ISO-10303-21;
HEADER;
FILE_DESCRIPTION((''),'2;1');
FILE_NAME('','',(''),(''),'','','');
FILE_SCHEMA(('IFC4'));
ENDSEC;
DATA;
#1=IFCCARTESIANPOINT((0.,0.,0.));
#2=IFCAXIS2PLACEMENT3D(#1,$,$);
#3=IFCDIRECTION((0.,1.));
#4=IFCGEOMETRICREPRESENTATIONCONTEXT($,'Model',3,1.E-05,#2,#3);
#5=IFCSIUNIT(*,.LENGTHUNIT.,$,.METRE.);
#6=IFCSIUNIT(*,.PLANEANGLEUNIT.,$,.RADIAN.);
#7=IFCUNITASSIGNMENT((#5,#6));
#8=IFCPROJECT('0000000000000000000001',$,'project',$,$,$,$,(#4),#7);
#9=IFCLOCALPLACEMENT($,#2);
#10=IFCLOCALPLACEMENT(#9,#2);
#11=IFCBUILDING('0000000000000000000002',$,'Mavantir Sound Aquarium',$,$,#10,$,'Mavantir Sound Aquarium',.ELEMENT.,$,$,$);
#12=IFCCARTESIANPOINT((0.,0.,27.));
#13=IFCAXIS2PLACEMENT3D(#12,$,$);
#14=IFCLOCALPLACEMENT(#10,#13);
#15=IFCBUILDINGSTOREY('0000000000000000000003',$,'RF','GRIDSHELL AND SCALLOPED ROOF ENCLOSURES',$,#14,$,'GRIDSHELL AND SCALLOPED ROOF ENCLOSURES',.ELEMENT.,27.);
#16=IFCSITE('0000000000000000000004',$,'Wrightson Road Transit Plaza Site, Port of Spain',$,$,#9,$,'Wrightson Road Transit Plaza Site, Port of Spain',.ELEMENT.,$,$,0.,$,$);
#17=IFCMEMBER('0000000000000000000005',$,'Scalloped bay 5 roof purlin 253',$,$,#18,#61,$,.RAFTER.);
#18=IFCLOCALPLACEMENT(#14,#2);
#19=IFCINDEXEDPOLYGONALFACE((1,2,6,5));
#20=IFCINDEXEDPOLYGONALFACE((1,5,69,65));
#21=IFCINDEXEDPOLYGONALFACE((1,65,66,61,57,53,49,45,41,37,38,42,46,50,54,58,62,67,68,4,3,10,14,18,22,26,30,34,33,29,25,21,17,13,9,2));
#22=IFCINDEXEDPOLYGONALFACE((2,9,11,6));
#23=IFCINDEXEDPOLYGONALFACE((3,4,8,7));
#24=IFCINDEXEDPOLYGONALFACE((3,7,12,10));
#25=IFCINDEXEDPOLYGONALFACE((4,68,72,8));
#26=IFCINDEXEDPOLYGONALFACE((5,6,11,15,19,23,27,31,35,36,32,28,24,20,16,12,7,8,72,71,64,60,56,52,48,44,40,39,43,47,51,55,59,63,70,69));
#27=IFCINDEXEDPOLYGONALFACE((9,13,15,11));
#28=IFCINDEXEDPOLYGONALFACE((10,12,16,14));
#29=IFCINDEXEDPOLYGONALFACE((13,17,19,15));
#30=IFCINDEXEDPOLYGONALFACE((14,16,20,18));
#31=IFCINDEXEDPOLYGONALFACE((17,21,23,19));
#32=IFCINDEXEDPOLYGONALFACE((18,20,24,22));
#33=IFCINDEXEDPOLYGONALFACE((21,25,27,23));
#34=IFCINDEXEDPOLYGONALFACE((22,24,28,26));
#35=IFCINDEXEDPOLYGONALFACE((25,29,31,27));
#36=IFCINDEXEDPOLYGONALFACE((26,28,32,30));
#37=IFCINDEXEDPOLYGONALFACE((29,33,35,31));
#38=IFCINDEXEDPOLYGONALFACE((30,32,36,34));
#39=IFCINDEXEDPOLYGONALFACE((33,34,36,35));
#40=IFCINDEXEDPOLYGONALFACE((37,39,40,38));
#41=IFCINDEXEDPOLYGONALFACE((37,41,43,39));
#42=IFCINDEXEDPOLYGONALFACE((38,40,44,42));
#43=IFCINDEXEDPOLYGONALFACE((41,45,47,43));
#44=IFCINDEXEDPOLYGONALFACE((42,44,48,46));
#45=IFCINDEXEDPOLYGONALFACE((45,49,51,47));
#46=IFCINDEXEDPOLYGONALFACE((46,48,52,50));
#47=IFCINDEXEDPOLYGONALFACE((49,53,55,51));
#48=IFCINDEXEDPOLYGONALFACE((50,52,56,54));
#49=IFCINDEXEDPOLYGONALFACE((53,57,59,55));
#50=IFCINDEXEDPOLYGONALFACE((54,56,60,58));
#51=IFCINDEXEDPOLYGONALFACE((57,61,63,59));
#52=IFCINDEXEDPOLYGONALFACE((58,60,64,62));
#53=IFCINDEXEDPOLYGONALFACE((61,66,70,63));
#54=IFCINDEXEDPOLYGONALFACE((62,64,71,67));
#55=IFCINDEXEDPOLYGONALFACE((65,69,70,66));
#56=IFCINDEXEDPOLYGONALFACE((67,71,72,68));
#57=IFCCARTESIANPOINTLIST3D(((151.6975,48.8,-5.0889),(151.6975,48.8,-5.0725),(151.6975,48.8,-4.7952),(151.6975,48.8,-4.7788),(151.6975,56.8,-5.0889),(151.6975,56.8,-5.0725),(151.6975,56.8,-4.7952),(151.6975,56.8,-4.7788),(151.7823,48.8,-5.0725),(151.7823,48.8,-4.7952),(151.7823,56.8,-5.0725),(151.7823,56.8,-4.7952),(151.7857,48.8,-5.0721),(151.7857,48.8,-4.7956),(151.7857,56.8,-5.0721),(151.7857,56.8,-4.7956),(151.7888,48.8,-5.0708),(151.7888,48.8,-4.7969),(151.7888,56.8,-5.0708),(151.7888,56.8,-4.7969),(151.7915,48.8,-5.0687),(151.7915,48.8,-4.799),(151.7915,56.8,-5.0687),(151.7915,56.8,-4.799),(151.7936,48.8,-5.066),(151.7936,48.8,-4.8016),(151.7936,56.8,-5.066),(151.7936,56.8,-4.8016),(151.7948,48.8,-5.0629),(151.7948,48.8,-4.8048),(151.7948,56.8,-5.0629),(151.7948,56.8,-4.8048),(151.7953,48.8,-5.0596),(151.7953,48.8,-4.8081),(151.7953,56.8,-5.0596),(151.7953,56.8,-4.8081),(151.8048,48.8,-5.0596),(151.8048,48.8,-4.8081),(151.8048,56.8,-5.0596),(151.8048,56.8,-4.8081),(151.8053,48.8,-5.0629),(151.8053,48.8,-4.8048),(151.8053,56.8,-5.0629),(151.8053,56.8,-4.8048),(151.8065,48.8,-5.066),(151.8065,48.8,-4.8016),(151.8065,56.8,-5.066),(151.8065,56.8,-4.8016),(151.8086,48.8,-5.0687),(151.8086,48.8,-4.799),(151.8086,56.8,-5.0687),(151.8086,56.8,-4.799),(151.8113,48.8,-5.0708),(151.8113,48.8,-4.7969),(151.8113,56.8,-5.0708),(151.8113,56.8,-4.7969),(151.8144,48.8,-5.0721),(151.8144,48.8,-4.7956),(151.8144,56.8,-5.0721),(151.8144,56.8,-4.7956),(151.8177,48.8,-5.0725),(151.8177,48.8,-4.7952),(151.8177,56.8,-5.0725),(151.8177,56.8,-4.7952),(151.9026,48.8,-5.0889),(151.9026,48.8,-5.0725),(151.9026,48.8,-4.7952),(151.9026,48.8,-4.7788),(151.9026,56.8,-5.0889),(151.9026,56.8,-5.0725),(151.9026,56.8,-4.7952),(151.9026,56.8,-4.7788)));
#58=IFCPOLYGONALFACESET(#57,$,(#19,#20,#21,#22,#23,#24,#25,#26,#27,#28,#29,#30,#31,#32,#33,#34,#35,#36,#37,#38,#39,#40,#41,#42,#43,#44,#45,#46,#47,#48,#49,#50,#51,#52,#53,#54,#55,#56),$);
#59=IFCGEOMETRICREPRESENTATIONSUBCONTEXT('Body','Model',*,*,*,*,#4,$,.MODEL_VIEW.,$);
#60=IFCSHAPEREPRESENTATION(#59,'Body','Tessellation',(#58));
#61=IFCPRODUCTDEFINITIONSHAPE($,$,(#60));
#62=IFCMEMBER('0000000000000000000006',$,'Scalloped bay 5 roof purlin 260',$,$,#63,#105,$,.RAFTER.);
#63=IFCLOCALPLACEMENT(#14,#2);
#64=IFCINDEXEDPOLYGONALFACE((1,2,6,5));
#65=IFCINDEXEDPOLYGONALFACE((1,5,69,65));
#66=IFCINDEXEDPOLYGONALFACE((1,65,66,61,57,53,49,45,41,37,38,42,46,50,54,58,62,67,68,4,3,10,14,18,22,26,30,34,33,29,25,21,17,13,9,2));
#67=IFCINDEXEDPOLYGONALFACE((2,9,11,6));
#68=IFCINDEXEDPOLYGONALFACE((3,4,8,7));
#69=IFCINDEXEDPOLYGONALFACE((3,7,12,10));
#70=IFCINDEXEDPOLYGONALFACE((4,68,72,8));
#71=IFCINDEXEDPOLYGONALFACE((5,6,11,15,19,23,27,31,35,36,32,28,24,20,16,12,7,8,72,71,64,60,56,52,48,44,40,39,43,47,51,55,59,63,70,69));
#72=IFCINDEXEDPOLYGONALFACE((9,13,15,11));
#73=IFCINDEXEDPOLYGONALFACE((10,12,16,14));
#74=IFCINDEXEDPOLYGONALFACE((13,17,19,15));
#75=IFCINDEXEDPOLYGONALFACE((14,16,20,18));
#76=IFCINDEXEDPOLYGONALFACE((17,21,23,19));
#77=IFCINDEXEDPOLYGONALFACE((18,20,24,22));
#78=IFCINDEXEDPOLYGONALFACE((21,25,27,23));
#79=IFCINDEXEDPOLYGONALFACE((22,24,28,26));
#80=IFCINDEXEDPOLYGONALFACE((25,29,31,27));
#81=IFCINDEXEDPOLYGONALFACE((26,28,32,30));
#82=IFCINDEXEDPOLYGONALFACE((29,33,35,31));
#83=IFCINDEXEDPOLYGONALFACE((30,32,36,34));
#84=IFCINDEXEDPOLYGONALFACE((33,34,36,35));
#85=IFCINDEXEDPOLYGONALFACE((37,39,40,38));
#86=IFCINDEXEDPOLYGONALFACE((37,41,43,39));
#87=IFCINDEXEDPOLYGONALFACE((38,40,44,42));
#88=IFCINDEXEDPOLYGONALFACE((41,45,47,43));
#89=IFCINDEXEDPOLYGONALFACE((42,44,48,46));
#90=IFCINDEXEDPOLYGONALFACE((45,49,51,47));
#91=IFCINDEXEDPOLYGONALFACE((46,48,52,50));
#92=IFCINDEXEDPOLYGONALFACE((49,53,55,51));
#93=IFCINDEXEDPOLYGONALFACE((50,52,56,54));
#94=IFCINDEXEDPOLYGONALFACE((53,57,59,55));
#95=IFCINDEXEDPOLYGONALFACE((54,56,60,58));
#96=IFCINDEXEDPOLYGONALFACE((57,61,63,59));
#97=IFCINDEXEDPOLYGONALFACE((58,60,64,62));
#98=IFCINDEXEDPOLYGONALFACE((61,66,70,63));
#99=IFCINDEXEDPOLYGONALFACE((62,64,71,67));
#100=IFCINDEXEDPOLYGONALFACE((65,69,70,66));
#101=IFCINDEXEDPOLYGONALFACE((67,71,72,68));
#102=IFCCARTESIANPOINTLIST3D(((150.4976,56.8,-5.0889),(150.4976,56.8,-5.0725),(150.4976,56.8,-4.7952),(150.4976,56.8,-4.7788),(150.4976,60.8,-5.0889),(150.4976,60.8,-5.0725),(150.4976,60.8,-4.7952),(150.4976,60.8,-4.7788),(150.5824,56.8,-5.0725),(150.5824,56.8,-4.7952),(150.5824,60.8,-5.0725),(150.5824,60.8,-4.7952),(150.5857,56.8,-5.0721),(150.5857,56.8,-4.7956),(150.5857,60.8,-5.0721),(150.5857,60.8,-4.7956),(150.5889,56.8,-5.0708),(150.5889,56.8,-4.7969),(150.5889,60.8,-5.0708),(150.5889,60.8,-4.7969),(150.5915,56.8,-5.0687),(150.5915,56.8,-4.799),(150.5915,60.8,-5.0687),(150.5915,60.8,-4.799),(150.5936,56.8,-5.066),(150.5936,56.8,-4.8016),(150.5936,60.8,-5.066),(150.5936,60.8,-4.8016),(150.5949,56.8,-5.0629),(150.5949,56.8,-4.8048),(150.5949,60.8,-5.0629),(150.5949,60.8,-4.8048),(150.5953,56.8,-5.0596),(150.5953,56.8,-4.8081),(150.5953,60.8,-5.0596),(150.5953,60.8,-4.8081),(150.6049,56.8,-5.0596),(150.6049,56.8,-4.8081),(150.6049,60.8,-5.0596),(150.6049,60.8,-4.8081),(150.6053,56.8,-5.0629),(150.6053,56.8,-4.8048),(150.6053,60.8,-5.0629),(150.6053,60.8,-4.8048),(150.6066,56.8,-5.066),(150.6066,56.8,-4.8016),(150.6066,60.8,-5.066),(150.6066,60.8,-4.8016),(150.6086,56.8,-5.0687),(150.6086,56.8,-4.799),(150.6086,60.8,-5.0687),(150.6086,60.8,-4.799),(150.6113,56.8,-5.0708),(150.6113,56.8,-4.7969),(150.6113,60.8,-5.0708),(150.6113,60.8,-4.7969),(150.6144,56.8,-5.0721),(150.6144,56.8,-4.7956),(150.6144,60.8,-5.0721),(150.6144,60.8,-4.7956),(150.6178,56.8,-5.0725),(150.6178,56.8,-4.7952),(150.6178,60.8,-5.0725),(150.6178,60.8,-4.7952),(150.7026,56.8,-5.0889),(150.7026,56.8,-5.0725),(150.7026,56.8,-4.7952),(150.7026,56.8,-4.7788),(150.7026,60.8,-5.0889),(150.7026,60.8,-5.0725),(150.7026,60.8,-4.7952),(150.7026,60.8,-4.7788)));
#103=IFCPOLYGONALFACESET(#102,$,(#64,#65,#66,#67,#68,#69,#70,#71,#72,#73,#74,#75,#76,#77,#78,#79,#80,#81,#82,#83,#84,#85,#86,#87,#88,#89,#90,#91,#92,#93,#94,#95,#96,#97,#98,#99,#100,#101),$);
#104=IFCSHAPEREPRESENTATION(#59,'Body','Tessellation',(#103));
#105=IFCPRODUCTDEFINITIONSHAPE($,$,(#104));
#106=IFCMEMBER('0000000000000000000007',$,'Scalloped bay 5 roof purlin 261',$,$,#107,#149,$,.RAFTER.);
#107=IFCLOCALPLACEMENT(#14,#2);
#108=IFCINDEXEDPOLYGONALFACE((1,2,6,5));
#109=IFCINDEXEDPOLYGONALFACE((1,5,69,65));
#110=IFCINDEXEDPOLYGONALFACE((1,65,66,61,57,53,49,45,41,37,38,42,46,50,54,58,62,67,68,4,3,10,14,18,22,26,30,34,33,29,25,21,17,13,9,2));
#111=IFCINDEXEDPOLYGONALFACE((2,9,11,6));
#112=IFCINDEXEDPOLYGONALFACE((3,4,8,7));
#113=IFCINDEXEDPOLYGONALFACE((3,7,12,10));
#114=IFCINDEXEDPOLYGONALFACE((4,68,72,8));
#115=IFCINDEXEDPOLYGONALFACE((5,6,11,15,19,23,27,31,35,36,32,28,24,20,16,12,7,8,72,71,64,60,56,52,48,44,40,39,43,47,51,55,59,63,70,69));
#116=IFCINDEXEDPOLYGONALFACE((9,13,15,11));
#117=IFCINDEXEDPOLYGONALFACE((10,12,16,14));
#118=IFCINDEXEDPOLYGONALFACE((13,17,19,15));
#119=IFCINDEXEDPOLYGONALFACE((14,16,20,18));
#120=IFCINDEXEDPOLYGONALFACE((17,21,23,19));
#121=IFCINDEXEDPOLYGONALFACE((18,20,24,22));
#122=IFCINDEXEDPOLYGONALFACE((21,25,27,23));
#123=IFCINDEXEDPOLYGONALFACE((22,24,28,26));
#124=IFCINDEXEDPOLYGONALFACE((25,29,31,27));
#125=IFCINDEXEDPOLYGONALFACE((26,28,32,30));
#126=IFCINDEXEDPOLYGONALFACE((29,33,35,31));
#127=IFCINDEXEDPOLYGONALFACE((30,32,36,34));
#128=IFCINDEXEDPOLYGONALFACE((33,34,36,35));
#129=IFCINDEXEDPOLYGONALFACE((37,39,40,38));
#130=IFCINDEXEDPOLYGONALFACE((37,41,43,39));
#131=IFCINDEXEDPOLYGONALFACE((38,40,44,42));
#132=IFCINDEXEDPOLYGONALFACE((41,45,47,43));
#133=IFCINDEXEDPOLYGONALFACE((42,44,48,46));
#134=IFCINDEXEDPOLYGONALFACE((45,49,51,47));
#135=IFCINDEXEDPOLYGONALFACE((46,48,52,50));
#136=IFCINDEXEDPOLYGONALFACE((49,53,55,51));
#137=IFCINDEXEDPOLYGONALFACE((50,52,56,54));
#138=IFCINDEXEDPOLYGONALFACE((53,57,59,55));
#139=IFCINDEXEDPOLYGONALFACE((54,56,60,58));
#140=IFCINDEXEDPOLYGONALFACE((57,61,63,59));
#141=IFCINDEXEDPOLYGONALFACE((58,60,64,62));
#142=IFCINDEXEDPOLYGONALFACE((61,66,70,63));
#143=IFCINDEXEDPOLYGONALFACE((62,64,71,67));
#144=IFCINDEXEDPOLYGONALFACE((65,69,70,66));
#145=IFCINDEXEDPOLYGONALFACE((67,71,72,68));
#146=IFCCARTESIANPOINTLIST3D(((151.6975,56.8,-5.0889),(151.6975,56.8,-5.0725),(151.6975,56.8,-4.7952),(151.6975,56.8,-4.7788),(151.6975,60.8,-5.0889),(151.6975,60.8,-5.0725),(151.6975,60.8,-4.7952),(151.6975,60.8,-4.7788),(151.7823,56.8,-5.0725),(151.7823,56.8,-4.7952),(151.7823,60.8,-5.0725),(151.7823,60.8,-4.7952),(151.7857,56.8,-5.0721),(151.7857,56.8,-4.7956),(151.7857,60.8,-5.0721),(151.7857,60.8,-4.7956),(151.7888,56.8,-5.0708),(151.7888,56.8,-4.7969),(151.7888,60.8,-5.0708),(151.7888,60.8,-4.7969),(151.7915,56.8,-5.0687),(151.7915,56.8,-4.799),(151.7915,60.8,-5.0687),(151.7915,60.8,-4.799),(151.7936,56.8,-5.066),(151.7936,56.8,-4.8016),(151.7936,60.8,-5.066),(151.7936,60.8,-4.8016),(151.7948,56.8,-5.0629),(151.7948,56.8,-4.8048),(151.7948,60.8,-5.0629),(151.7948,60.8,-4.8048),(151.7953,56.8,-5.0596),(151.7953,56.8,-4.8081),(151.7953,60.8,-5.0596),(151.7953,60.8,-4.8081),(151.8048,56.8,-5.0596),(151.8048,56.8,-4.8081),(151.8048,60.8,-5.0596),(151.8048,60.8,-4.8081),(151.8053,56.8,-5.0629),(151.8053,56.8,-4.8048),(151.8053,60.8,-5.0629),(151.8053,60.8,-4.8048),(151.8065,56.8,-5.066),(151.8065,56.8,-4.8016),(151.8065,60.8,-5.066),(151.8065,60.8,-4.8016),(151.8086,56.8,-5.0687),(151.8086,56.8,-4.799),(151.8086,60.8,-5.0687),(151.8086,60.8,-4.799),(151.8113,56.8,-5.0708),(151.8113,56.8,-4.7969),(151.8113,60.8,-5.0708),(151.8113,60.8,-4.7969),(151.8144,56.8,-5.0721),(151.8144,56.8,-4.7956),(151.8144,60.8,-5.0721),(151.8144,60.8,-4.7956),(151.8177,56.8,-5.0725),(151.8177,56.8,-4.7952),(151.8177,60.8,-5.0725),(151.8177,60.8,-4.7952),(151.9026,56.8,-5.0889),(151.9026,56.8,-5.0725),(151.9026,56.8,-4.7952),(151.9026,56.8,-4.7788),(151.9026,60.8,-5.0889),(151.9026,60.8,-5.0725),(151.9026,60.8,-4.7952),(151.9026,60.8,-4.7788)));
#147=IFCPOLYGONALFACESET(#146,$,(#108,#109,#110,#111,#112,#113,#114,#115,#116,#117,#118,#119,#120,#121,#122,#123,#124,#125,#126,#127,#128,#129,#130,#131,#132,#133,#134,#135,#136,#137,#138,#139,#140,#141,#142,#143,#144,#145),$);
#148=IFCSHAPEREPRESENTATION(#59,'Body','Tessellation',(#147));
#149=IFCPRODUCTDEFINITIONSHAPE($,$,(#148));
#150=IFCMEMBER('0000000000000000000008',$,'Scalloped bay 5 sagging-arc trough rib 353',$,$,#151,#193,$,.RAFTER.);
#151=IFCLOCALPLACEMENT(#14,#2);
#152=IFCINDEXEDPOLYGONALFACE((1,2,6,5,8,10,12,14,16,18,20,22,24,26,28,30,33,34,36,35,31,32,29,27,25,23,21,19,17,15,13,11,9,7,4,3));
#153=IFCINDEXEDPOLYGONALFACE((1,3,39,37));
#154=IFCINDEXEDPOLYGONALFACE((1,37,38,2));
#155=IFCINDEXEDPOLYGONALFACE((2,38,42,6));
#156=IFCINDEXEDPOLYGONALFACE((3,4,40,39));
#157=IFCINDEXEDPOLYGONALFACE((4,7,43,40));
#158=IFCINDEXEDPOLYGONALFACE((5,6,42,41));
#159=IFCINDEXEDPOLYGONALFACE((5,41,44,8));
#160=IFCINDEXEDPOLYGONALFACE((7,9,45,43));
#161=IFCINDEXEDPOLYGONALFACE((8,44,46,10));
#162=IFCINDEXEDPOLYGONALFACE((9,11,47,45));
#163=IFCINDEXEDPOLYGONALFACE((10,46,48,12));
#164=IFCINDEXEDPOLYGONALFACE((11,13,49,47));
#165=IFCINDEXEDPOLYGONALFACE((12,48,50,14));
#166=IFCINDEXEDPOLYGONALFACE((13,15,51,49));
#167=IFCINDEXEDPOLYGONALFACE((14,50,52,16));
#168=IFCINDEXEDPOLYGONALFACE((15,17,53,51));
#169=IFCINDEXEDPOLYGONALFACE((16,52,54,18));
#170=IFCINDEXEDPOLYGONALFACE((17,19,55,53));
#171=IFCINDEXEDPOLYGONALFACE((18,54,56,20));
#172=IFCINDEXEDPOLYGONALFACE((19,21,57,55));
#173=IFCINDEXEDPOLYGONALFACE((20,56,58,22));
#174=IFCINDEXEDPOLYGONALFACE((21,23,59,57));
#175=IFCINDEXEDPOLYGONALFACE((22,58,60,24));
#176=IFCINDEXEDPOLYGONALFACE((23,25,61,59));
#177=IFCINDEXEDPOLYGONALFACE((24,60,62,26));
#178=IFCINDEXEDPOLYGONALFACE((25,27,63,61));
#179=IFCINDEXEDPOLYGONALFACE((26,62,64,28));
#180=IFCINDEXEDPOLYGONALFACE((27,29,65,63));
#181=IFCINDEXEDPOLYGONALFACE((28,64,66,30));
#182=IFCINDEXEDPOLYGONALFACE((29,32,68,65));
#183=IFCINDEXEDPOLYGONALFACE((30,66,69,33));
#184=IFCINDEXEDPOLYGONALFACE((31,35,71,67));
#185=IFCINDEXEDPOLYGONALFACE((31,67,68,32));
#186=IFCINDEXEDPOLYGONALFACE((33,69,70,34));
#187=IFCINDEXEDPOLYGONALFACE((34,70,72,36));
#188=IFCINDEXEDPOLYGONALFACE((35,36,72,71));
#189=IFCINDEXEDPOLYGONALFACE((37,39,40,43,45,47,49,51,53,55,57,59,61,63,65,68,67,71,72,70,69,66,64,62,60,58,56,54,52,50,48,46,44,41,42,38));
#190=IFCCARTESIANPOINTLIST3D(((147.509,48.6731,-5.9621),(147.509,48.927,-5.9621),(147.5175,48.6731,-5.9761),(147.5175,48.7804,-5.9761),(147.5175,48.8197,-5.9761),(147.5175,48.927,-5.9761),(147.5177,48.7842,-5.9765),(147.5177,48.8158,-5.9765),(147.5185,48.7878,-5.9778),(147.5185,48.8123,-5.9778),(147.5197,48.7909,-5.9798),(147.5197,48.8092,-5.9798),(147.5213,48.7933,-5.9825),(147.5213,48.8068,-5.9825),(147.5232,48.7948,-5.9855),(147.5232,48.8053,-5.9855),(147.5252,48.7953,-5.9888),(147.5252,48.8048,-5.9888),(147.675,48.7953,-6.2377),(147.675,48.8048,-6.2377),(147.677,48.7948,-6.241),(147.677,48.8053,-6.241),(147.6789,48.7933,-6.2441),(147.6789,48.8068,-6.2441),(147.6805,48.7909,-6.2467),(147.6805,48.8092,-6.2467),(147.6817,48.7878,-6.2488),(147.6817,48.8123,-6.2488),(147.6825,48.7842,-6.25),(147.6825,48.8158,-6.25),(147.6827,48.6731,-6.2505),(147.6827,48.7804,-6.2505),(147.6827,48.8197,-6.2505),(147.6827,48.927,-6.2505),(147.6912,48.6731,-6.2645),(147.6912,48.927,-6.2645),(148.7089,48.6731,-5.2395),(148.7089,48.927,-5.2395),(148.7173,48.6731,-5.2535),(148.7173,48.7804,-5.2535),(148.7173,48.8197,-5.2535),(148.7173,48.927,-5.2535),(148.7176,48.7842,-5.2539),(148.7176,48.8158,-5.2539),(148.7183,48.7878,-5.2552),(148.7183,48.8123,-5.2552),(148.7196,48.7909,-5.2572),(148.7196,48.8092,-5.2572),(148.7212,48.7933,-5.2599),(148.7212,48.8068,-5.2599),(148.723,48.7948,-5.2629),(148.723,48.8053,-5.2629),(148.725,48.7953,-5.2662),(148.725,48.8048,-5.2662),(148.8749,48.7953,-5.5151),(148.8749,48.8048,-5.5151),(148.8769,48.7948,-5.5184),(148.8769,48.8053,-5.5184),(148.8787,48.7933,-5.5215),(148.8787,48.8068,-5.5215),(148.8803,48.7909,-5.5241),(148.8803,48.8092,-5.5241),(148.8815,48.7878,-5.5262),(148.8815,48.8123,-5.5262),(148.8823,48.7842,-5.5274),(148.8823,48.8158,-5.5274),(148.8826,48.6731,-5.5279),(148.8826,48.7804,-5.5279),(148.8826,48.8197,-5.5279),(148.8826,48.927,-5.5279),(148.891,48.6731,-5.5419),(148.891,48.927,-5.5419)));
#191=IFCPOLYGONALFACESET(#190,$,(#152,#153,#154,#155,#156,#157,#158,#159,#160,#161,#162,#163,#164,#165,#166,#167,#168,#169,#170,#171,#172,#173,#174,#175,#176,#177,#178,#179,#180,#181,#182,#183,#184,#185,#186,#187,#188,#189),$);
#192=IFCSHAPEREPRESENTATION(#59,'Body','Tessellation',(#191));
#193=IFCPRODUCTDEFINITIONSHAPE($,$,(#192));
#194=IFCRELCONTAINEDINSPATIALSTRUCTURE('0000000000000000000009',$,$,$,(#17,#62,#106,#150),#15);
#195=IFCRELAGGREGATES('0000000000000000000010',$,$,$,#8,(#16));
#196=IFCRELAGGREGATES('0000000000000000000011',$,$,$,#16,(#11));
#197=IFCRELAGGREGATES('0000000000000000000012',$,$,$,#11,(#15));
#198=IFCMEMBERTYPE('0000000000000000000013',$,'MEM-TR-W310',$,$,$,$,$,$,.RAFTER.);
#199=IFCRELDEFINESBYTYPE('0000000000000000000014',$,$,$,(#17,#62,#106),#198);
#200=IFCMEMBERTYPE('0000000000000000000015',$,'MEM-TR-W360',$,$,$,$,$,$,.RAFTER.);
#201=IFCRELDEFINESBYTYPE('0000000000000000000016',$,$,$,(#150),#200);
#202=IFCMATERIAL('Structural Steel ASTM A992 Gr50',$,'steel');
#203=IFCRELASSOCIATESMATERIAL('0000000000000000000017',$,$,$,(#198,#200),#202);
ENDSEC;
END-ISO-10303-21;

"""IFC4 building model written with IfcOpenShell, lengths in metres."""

from ifc_helpers import new_model, si_unit, direction, frame, origin, origin_2d, place, context, subcontext, project, spatial, i_section, extrude, material, material_profile, profile_set, type_object, element, save


model = new_model("IFC4")

# Units and contexts
model_context = context("Model", 3, precision=1e-05, world=origin(), true_north=direction((0.0, 1.0)))
body_context = subcontext(model_context, "Body", "Model", "MODEL_VIEW")
ifc_project = project(units=[si_unit("LENGTHUNIT", "METRE"), si_unit("PLANEANGLEUNIT", "RADIAN")], contexts=[model_context])

# Site, building, storey
site_placement = place(None, origin())
site = spatial("IfcSite", under=ifc_project, at=site_placement, Name="Wrightson Road Transit Plaza Site, Port of Spain", LongName="Wrightson Road Transit Plaza Site, Port of Spain", CompositionType="ELEMENT", RefElevation=0.0)
building_placement = place(site_placement, origin())
building = spatial("IfcBuilding", under=site, at=building_placement, Name="Mavantir Sound Aquarium", LongName="Mavantir Sound Aquarium", CompositionType="ELEMENT")
storey_placement = place(building_placement, frame((0.0, 0.0, 27.0)))
storey = spatial("IfcBuildingStorey", under=building, at=storey_placement, Name="RF", Description="GRIDSHELL AND SCALLOPED ROOF ENCLOSURES", LongName="GRIDSHELL AND SCALLOPED ROOF ENCLOSURES", CompositionType="ELEMENT", Elevation=27.0)

# Shared definitions
ifc_material_1 = material(Name="Structural Steel ASTM A992 Gr50", Category="steel")

# Members
ifc_material_profile_1 = material_profile(ifc_material_1, i_section(OverallWidth=0.2051, OverallDepth=0.3101, WebThickness=0.0095, FlangeThickness=0.0164, FilletRadius=0.0129, at=origin_2d()), Name="W310X74")
ifc_profile_set_1 = profile_set([ifc_material_profile_1], Name="Structural Steel ASTM A992 Gr50")
member_type_1 = type_object("IfcMemberType", Name="MEM-TR-W310", PredefinedType="RAFTER", material=ifc_profile_set_1)
for number, where, z_axis, x_axis, name in (
    (1, (151.8, 48.8, -4.9338), (0.0, 1.0, 0.0), (-1.0, 0.0, 0.0), "Scalloped bay 5 roof purlin 253"),
):
    element("IfcMember", number, at=place(storey_placement, frame(where, z_axis=z_axis, x_axis=x_axis)), inside=storey, type_object=member_type_1, Name=name, PredefinedType="RAFTER", context=body_context, shape_type="SweptSolid", body=[
        extrude(i_section(OverallWidth=0.2051, OverallDepth=0.3101, WebThickness=0.0095, FlangeThickness=0.0164, FilletRadius=0.0129, at=origin_2d()), origin(), (0.0, 0.0, 1.0), 8.0),
    ])
for number, where, z_axis, x_axis, name in (
    (2, (150.6001, 56.8, -4.9338), (0.0, 1.0, 0.0), (-1.0, 0.0, 0.0), "Scalloped bay 5 roof purlin 260"),
    (3, (151.8, 56.8, -4.9338), (0.0, 1.0, 0.0), (-1.0, 0.0, 0.0), "Scalloped bay 5 roof purlin 261"),
):
    element("IfcMember", number, at=place(storey_placement, frame(where, z_axis=z_axis, x_axis=x_axis)), inside=storey, type_object=member_type_1, Name=name, PredefinedType="RAFTER", context=body_context, shape_type="SweptSolid", body=[
        extrude(i_section(OverallWidth=0.2051, OverallDepth=0.3101, WebThickness=0.0095, FlangeThickness=0.0164, FilletRadius=0.0129, at=origin_2d()), origin(), (0.0, 0.0, 1.0), 4.0),
    ])
ifc_material_profile_2 = material_profile(ifc_material_1, i_section(OverallWidth=0.2539, OverallDepth=0.353, WebThickness=0.0095, FlangeThickness=0.0164, FilletRadius=0.0149, at=origin_2d()), Name="W360X91")
ifc_profile_set_2 = profile_set([ifc_material_profile_2], Name="Structural Steel ASTM A992 Gr50")
member_type_2 = type_object("IfcMemberType", Name="MEM-TR-W360", PredefinedType="RAFTER", material=ifc_profile_set_2)
member_1_placement = place(storey_placement, frame((147.6001, 48.8, -6.1133), z_axis=(0.856646, 0.0, 0.515905), x_axis=(0.0, 1.0, 0.0)))
element("IfcMember", 4, at=member_1_placement, inside=storey, type_object=member_type_2, Name="Scalloped bay 5 sagging-arc trough rib 353", PredefinedType="RAFTER", context=body_context, shape_type="SweptSolid", body=[
    extrude(i_section(OverallWidth=0.2539, OverallDepth=0.353, WebThickness=0.0095, FlangeThickness=0.0164, FilletRadius=0.0149, at=origin_2d()), origin(), (0.0, 0.0, 1.0), 1.4006),
])

save(model, "model.ifc")
